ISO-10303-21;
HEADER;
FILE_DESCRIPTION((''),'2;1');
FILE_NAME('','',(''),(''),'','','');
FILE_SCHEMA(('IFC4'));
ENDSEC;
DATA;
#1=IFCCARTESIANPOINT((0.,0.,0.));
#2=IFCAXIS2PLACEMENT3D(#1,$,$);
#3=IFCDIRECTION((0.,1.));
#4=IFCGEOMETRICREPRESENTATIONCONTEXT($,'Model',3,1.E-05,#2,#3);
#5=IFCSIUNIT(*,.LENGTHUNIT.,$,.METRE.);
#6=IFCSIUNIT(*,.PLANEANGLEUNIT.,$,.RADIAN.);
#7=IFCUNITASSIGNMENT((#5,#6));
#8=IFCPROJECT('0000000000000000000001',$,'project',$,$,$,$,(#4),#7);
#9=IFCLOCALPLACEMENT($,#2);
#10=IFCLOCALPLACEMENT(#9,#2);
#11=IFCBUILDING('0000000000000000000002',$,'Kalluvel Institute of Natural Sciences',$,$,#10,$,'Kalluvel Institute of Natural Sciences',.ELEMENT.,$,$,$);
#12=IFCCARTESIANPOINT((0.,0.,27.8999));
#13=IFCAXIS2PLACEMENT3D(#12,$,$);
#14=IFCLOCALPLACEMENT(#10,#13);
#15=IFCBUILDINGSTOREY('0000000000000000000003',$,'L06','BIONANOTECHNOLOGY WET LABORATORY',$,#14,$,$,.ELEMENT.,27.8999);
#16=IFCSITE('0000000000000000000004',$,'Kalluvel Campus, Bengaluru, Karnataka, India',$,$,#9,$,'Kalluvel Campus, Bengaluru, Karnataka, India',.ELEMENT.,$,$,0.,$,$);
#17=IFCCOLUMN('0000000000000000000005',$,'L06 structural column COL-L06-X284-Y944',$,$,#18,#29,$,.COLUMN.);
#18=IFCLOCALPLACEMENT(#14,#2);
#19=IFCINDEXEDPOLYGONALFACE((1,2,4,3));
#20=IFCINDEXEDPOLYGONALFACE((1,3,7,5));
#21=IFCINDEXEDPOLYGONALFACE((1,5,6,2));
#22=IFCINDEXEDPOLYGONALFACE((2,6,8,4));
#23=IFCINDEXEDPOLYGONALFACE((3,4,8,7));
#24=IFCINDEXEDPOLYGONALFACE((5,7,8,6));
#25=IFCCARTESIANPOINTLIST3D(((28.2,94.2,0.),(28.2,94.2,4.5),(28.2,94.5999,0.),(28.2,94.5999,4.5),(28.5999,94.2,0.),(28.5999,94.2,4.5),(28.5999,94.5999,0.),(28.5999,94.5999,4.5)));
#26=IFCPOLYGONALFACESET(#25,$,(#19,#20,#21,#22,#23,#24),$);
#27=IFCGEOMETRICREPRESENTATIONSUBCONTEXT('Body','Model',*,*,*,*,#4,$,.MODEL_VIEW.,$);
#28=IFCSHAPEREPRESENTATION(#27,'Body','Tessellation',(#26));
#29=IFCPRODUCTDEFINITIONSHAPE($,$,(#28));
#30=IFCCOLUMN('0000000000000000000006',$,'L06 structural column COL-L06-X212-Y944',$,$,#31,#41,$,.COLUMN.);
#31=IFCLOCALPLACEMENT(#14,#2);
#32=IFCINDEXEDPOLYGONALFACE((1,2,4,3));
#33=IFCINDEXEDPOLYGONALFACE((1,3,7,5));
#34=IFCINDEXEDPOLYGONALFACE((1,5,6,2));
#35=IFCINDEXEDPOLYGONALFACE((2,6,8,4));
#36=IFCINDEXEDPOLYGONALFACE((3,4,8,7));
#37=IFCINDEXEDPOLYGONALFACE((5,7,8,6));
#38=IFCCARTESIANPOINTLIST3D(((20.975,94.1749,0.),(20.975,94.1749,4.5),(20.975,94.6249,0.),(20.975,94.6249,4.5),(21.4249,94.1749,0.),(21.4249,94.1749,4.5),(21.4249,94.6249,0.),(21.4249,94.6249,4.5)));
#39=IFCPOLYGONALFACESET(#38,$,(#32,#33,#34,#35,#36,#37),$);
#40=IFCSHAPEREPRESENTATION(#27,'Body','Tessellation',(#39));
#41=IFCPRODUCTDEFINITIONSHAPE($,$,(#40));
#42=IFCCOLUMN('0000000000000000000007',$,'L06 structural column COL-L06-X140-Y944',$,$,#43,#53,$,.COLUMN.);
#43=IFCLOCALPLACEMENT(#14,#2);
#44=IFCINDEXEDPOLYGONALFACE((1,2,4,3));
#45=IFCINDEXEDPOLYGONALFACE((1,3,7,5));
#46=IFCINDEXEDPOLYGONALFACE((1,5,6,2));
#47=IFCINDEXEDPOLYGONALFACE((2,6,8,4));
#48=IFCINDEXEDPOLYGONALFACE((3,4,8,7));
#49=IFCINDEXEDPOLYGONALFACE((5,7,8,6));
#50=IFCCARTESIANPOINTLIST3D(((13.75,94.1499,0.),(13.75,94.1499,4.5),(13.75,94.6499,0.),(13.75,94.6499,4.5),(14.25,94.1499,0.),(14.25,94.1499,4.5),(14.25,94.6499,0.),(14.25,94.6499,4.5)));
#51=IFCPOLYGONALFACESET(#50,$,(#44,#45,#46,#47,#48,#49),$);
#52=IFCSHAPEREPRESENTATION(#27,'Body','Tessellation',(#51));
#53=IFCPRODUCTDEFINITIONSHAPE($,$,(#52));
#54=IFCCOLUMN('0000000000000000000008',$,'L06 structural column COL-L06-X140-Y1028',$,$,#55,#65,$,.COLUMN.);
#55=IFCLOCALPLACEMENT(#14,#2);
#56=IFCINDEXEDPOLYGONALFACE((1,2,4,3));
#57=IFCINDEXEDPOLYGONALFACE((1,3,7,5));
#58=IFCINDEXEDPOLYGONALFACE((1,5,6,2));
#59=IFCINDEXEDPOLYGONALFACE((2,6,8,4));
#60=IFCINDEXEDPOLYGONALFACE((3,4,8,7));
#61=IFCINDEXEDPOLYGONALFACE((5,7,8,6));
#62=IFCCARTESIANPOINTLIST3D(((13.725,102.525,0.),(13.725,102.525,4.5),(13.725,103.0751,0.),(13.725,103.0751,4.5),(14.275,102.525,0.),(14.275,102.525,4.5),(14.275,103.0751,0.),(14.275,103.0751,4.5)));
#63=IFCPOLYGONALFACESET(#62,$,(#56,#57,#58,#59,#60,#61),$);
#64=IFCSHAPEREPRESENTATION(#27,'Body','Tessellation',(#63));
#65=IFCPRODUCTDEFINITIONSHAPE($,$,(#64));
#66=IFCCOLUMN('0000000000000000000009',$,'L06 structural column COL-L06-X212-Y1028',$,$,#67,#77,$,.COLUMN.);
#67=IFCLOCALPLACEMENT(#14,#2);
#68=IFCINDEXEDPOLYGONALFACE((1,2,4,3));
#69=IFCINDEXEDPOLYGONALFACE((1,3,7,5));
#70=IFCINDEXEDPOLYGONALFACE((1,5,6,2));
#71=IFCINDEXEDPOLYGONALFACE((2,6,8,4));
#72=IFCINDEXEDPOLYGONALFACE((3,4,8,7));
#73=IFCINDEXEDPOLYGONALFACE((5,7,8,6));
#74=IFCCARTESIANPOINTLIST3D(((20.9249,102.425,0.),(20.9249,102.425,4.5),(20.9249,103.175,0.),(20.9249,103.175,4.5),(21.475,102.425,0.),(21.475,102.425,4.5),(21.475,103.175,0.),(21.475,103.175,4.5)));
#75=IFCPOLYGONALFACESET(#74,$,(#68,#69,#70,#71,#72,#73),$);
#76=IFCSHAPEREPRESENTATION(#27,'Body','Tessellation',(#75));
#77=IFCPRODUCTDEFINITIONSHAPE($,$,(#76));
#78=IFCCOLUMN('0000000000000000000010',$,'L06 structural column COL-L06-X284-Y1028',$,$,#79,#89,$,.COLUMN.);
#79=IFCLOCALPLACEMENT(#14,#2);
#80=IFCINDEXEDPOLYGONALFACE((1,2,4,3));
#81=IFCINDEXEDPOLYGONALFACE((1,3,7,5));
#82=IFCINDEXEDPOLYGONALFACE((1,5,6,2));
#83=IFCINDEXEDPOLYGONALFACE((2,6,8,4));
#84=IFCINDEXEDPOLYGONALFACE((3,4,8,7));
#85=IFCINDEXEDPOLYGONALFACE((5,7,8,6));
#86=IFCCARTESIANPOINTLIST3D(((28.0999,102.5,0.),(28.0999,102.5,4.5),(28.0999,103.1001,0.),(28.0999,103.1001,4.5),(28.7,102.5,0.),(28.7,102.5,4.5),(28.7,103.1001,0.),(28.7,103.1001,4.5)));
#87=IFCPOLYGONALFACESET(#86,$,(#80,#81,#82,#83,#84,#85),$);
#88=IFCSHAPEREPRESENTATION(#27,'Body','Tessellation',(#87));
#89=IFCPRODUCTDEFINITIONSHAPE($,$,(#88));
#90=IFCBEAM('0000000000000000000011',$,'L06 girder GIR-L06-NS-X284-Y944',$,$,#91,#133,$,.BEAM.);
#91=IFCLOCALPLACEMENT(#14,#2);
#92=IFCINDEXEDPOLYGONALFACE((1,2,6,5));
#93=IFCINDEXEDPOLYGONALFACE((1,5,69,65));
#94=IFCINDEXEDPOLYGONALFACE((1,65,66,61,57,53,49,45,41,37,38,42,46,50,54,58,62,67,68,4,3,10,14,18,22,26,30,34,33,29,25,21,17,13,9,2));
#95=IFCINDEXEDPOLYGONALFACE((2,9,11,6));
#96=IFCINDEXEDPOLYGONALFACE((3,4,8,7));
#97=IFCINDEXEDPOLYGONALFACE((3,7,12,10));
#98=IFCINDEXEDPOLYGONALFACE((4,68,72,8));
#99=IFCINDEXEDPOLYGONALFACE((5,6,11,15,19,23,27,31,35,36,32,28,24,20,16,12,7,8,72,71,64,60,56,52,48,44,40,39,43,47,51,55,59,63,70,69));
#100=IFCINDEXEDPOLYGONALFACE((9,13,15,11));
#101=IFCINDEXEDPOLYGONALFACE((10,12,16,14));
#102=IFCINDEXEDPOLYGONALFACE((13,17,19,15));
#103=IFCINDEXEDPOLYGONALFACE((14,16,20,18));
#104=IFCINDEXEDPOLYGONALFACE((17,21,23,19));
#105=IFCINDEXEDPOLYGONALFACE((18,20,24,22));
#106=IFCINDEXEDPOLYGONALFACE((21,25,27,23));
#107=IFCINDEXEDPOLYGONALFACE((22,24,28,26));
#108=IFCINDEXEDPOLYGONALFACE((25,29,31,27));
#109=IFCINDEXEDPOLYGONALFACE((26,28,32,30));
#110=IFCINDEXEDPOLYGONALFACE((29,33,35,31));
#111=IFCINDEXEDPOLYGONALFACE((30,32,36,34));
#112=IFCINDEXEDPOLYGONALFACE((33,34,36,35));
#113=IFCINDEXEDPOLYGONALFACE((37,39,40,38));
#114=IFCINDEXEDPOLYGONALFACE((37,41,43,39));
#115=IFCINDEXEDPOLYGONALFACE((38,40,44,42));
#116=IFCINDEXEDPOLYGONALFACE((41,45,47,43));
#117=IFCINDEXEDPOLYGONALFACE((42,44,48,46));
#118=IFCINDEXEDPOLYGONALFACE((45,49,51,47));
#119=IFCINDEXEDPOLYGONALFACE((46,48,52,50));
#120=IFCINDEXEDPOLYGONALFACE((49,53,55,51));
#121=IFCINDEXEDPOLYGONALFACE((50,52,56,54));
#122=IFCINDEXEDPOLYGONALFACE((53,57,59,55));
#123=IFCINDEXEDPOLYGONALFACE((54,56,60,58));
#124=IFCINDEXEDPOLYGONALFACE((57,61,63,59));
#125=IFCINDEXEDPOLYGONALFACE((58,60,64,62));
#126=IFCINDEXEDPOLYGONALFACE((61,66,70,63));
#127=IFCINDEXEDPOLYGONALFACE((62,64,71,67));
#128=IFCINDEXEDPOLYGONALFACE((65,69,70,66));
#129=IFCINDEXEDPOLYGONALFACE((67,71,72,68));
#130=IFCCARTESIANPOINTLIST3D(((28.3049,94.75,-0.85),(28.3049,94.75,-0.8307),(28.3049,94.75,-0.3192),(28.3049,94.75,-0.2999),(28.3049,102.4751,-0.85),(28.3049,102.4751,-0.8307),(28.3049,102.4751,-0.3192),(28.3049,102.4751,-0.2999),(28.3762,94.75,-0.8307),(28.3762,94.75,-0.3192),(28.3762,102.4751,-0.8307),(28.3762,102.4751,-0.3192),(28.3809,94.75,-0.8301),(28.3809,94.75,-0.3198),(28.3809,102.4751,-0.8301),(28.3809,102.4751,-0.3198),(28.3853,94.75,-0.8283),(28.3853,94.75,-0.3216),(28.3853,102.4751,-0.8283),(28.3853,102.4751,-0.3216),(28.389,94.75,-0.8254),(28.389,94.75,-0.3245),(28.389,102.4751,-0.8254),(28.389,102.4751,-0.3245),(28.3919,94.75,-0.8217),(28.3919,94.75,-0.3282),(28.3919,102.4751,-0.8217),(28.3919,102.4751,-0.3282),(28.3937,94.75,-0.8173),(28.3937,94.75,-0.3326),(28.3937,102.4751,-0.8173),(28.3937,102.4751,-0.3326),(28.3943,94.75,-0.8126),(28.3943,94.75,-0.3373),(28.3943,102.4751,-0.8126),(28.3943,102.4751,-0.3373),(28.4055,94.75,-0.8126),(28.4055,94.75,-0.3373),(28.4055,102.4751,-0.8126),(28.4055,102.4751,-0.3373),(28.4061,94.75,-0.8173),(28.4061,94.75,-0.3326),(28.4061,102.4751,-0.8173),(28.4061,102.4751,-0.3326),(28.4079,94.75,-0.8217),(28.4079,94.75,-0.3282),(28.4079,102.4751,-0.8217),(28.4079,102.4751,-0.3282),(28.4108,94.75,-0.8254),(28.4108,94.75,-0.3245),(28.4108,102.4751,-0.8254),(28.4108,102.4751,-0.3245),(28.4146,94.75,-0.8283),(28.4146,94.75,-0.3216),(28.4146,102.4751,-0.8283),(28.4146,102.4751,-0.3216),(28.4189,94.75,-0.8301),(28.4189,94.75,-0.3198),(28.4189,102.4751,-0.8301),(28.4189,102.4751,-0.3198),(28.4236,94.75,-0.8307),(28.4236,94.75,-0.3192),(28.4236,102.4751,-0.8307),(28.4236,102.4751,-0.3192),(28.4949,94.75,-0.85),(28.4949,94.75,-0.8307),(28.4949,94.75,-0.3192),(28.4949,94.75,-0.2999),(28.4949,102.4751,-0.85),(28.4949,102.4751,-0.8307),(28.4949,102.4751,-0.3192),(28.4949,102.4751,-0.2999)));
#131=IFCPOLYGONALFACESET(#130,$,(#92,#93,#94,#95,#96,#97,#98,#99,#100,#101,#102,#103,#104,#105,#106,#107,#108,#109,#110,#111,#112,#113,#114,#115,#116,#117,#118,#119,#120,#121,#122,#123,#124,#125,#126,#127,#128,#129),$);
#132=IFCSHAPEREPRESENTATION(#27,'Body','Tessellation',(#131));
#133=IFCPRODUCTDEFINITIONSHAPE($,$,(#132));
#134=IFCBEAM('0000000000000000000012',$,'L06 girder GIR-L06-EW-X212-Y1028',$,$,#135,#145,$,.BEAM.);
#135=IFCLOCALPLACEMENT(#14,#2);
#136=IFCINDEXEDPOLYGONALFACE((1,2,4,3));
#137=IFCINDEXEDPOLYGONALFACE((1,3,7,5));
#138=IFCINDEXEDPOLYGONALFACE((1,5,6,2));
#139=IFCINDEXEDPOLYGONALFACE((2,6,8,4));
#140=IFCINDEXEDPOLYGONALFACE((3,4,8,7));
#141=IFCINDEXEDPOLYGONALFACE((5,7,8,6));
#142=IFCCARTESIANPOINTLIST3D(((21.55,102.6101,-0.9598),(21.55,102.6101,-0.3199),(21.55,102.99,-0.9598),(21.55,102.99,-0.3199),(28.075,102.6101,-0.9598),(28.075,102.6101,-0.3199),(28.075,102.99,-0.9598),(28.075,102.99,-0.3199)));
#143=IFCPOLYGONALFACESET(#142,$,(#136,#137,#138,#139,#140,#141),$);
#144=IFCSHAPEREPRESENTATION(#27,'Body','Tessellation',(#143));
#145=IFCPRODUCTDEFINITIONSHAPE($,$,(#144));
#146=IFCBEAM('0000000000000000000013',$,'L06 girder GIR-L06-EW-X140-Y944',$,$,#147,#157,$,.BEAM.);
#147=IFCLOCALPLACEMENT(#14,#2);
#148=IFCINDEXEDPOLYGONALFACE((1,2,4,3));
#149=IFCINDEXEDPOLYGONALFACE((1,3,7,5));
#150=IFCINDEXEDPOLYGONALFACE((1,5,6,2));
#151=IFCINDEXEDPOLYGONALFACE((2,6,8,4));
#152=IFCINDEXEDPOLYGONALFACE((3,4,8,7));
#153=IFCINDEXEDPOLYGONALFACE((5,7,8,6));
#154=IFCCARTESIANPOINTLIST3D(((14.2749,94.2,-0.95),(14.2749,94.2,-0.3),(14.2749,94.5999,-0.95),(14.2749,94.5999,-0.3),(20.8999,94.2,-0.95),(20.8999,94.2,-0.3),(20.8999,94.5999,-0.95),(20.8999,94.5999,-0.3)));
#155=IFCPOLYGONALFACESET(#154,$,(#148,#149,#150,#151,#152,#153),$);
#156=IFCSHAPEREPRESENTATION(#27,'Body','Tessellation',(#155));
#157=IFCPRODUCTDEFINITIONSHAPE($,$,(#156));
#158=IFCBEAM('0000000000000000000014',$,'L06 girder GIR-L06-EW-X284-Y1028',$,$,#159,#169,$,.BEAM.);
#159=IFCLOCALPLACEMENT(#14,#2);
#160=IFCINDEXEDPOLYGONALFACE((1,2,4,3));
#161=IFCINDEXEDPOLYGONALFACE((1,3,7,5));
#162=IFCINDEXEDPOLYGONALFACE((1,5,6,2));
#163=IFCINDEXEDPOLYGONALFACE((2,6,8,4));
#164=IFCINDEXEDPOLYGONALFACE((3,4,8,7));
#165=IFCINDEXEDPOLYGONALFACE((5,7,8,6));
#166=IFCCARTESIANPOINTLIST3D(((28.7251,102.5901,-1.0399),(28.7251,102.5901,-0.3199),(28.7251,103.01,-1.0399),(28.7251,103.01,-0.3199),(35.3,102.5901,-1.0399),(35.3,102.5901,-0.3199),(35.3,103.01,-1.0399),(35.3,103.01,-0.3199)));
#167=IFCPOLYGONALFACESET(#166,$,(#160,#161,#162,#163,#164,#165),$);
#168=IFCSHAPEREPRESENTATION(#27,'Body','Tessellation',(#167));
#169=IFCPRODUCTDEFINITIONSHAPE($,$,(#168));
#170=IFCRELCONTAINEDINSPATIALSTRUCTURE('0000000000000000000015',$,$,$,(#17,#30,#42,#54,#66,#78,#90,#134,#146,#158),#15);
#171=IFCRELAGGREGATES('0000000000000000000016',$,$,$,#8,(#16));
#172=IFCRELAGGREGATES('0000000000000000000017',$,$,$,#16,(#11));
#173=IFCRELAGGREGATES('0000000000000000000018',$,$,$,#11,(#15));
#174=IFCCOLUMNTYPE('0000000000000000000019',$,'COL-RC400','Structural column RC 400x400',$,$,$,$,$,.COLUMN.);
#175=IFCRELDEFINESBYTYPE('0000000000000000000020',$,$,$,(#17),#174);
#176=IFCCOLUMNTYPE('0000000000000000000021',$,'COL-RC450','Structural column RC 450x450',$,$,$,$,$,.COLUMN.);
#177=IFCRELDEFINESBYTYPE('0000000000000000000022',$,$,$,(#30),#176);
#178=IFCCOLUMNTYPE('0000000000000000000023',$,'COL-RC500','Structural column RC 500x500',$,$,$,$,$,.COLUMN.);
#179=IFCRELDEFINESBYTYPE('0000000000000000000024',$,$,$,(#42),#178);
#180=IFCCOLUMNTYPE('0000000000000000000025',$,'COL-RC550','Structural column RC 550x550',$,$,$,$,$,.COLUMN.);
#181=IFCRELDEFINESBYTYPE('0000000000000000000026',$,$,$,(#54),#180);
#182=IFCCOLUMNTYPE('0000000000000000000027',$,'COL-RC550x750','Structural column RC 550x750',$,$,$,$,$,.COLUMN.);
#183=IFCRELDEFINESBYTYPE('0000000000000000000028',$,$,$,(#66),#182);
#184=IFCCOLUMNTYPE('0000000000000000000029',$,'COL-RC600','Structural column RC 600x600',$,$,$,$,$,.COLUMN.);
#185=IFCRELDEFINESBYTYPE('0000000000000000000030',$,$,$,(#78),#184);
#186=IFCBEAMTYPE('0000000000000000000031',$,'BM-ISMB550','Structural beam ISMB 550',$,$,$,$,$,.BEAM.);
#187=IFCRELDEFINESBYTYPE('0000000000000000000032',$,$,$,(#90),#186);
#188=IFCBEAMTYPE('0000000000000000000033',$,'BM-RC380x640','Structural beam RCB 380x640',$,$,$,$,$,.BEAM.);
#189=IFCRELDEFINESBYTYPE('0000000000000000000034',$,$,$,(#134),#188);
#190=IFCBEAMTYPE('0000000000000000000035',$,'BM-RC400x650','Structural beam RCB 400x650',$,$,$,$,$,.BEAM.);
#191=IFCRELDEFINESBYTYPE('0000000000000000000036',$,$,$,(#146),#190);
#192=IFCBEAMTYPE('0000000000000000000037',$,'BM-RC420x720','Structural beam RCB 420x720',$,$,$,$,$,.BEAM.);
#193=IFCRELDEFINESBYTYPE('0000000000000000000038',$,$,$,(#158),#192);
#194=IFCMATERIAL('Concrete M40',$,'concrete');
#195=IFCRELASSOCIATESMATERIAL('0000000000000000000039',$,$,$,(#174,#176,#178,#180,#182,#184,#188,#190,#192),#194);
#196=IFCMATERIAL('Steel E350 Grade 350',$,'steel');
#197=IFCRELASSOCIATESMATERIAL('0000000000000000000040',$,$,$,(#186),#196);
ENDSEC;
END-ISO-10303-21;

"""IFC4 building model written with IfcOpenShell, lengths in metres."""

from ifc_helpers import new_model, si_unit, direction, frame, origin, origin_2d, place, context, subcontext, project, spatial, rectangle, i_section, extrude, material, material_profile, profile_set, type_object, element, save


model = new_model("IFC4")

# Units and contexts
model_context = context("Model", 3, precision=1e-05, world=origin(), true_north=direction((0.0, 1.0)))
body_context = subcontext(model_context, "Body", "Model", "MODEL_VIEW")
ifc_project = project(units=[si_unit("LENGTHUNIT", "METRE"), si_unit("PLANEANGLEUNIT", "RADIAN")], contexts=[model_context])

# Site, building, storey
site_placement = place(None, origin())
site = spatial("IfcSite", under=ifc_project, at=site_placement, Name="Kalluvel Campus, Bengaluru, Karnataka, India", LongName="Kalluvel Campus, Bengaluru, Karnataka, India", CompositionType="ELEMENT", RefElevation=0.0)
building_placement = place(site_placement, origin())
building = spatial("IfcBuilding", under=site, at=building_placement, Name="Kalluvel Institute of Natural Sciences", LongName="Kalluvel Institute of Natural Sciences", CompositionType="ELEMENT")
storey_placement = place(building_placement, frame((0.0, 0.0, 27.8999)))
storey = spatial("IfcBuildingStorey", under=building, at=storey_placement, Name="L06", Description="BIONANOTECHNOLOGY WET LABORATORY", CompositionType="ELEMENT", Elevation=27.8999)

# Columns
ifc_material_1 = material(Name="Concrete M40", Category="concrete")
ifc_material_profile_1 = material_profile(ifc_material_1, rectangle(XDim=0.3999, YDim=0.3999, at=origin_2d()), Name="RC 400x400")
ifc_profile_set_1 = profile_set([ifc_material_profile_1], Name="Concrete M40")
column_type_1 = type_object("IfcColumnType", Name="COL-RC400", Description="Structural column RC 400x400", PredefinedType="COLUMN", material=ifc_profile_set_1)
column_1_placement = place(storey_placement, frame((28.3999, 94.3999, 0.0), z_axis=(0.0, 0.0, 1.0), x_axis=(1.0, 0.0, 0.0)))
element("IfcColumn", 1, at=column_1_placement, inside=storey, type_object=column_type_1, Name="L06 structural column COL-L06-X284-Y944", PredefinedType="COLUMN", context=body_context, shape_type="SweptSolid", body=[
    extrude(rectangle(XDim=0.3999, YDim=0.3999, at=origin_2d()), origin(), (0.0, 0.0, 1.0), 4.5),
])
ifc_material_profile_2 = material_profile(ifc_material_1, rectangle(XDim=0.45, YDim=0.45, at=origin_2d()), Name="RC 450x450")
ifc_profile_set_2 = profile_set([ifc_material_profile_2], Name="Concrete M40")
column_type_2 = type_object("IfcColumnType", Name="COL-RC450", Description="Structural column RC 450x450", PredefinedType="COLUMN", material=ifc_profile_set_2)
column_2_placement = place(storey_placement, frame((21.2, 94.3999, 0.0), z_axis=(0.0, 0.0, 1.0), x_axis=(1.0, 0.0, 0.0)))
element("IfcColumn", 2, at=column_2_placement, inside=storey, type_object=column_type_2, Name="L06 structural column COL-L06-X212-Y944", PredefinedType="COLUMN", context=body_context, shape_type="SweptSolid", body=[
    extrude(rectangle(XDim=0.45, YDim=0.45, at=origin_2d()), origin(), (0.0, 0.0, 1.0), 4.5),
])
ifc_material_profile_3 = material_profile(ifc_material_1, rectangle(XDim=0.5, YDim=0.5, at=origin_2d()), Name="RC 500x500")
ifc_profile_set_3 = profile_set([ifc_material_profile_3], Name="Concrete M40")
column_type_3 = type_object("IfcColumnType", Name="COL-RC500", Description="Structural column RC 500x500", PredefinedType="COLUMN", material=ifc_profile_set_3)
column_3_placement = place(storey_placement, frame((14.0, 94.3999, 0.0), z_axis=(0.0, 0.0, 1.0), x_axis=(1.0, 0.0, 0.0)))
element("IfcColumn", 3, at=column_3_placement, inside=storey, type_object=column_type_3, Name="L06 structural column COL-L06-X140-Y944", PredefinedType="COLUMN", context=body_context, shape_type="SweptSolid", body=[
    extrude(rectangle(XDim=0.5, YDim=0.5, at=origin_2d()), origin(), (0.0, 0.0, 1.0), 4.5),
])
ifc_material_profile_4 = material_profile(ifc_material_1, rectangle(XDim=0.55, YDim=0.55, at=origin_2d()), Name="RC 550x550")
ifc_profile_set_4 = profile_set([ifc_material_profile_4], Name="Concrete M40")
column_type_4 = type_object("IfcColumnType", Name="COL-RC550", Description="Structural column RC 550x550", PredefinedType="COLUMN", material=ifc_profile_set_4)
column_4_placement = place(storey_placement, frame((14.0, 102.8, 0.0), z_axis=(0.0, 0.0, 1.0), x_axis=(1.0, 0.0, 0.0)))
element("IfcColumn", 4, at=column_4_placement, inside=storey, type_object=column_type_4, Name="L06 structural column COL-L06-X140-Y1028", PredefinedType="COLUMN", context=body_context, shape_type="SweptSolid", body=[
    extrude(rectangle(XDim=0.55, YDim=0.55, at=origin_2d()), origin(), (0.0, 0.0, 1.0), 4.5),
])
ifc_material_profile_5 = material_profile(ifc_material_1, rectangle(XDim=0.55, YDim=0.75, at=origin_2d()), Name="RC 550x750")
ifc_profile_set_5 = profile_set([ifc_material_profile_5], Name="Concrete M40")
column_type_5 = type_object("IfcColumnType", Name="COL-RC550x750", Description="Structural column RC 550x750", PredefinedType="COLUMN", material=ifc_profile_set_5)
column_5_placement = place(storey_placement, frame((21.2, 102.8, 0.0), z_axis=(0.0, 0.0, 1.0), x_axis=(1.0, 0.0, 0.0)))
element("IfcColumn", 5, at=column_5_placement, inside=storey, type_object=column_type_5, Name="L06 structural column COL-L06-X212-Y1028", PredefinedType="COLUMN", context=body_context, shape_type="SweptSolid", body=[
    extrude(rectangle(XDim=0.55, YDim=0.75, at=origin_2d()), origin(), (0.0, 0.0, 1.0), 4.5),
])
ifc_material_profile_6 = material_profile(ifc_material_1, rectangle(XDim=0.6001, YDim=0.6001, at=origin_2d()), Name="RC 600x600")
ifc_profile_set_6 = profile_set([ifc_material_profile_6], Name="Concrete M40")
column_type_6 = type_object("IfcColumnType", Name="COL-RC600", Description="Structural column RC 600x600", PredefinedType="COLUMN", material=ifc_profile_set_6)
column_6_placement = place(storey_placement, frame((28.3999, 102.8, 0.0), z_axis=(0.0, 0.0, 1.0), x_axis=(1.0, 0.0, 0.0)))
element("IfcColumn", 6, at=column_6_placement, inside=storey, type_object=column_type_6, Name="L06 structural column COL-L06-X284-Y1028", PredefinedType="COLUMN", context=body_context, shape_type="SweptSolid", body=[
    extrude(rectangle(XDim=0.6001, YDim=0.6001, at=origin_2d()), origin(), (0.0, 0.0, 1.0), 4.5),
])

# Beams
ifc_material_2 = material(Name="Steel E350 Grade 350", Category="steel")
ifc_material_profile_7 = material_profile(ifc_material_2, i_section(OverallWidth=0.1899, OverallDepth=0.55, WebThickness=0.0112, FlangeThickness=0.0193, FilletRadius=0.0181, at=origin_2d()), Name="ISMB 550")
ifc_profile_set_7 = profile_set([ifc_material_profile_7], Name="Steel E350 Grade 350")
beam_type_1 = type_object("IfcBeamType", Name="BM-ISMB550", Description="Structural beam ISMB 550", PredefinedType="BEAM", material=ifc_profile_set_7)
beam_1_placement = place(storey_placement, frame((28.3999, 94.75, -0.575), z_axis=(0.0, 1.0, 0.0), x_axis=(-1.0, 0.0, 0.0)))
element("IfcBeam", 7, at=beam_1_placement, inside=storey, type_object=beam_type_1, Name="L06 girder GIR-L06-NS-X284-Y944", PredefinedType="BEAM", context=body_context, shape_type="SweptSolid", body=[
    extrude(i_section(OverallWidth=0.1899, OverallDepth=0.55, WebThickness=0.0112, FlangeThickness=0.0193, FilletRadius=0.0181, at=origin_2d()), origin(), (0.0, 0.0, 1.0), 7.7251),
])
ifc_material_profile_8 = material_profile(ifc_material_1, rectangle(XDim=0.3799, YDim=0.6399, at=origin_2d()), Name="RCB 380x640")
ifc_profile_set_8 = profile_set([ifc_material_profile_8], Name="Concrete M40")
beam_type_2 = type_object("IfcBeamType", Name="BM-RC380x640", Description="Structural beam RCB 380x640", PredefinedType="BEAM", material=ifc_profile_set_8)
beam_2_placement = place(storey_placement, frame((21.55, 102.8, -0.6399), z_axis=(1.0, 0.0, 0.0), x_axis=(0.0, 1.0, 0.0)))
element("IfcBeam", 8, at=beam_2_placement, inside=storey, type_object=beam_type_2, Name="L06 girder GIR-L06-EW-X212-Y1028", PredefinedType="BEAM", context=body_context, shape_type="SweptSolid", body=[
    extrude(rectangle(XDim=0.3799, YDim=0.6399, at=origin_2d()), origin(), (0.0, 0.0, 1.0), 6.5249),
])
ifc_material_profile_9 = material_profile(ifc_material_1, rectangle(XDim=0.3999, YDim=0.6499, at=origin_2d()), Name="RCB 400x650")
ifc_profile_set_9 = profile_set([ifc_material_profile_9], Name="Concrete M40")
beam_type_3 = type_object("IfcBeamType", Name="BM-RC400x650", Description="Structural beam RCB 400x650", PredefinedType="BEAM", material=ifc_profile_set_9)
beam_3_placement = place(storey_placement, frame((14.2749, 94.3999, -0.625), z_axis=(1.0, 0.0, 0.0), x_axis=(0.0, 1.0, 0.0)))
element("IfcBeam", 9, at=beam_3_placement, inside=storey, type_object=beam_type_3, Name="L06 girder GIR-L06-EW-X140-Y944", PredefinedType="BEAM", context=body_context, shape_type="SweptSolid", body=[
    extrude(rectangle(XDim=0.3999, YDim=0.6499, at=origin_2d()), origin(), (0.0, 0.0, 1.0), 6.625),
])
ifc_material_profile_10 = material_profile(ifc_material_1, rectangle(XDim=0.4199, YDim=0.72, at=origin_2d()), Name="RCB 420x720")
ifc_profile_set_10 = profile_set([ifc_material_profile_10], Name="Concrete M40")
beam_type_4 = type_object("IfcBeamType", Name="BM-RC420x720", Description="Structural beam RCB 420x720", PredefinedType="BEAM", material=ifc_profile_set_10)
beam_4_placement = place(storey_placement, frame((28.7251, 102.8, -0.6799), z_axis=(1.0, 0.0, 0.0), x_axis=(0.0, 1.0, 0.0)))
element("IfcBeam", 10, at=beam_4_placement, inside=storey, type_object=beam_type_4, Name="L06 girder GIR-L06-EW-X284-Y1028", PredefinedType="BEAM", context=body_context, shape_type="SweptSolid", body=[
    extrude(rectangle(XDim=0.4199, YDim=0.72, at=origin_2d()), origin(), (0.0, 0.0, 1.0), 6.575),
])

save(model, "model.ifc")
